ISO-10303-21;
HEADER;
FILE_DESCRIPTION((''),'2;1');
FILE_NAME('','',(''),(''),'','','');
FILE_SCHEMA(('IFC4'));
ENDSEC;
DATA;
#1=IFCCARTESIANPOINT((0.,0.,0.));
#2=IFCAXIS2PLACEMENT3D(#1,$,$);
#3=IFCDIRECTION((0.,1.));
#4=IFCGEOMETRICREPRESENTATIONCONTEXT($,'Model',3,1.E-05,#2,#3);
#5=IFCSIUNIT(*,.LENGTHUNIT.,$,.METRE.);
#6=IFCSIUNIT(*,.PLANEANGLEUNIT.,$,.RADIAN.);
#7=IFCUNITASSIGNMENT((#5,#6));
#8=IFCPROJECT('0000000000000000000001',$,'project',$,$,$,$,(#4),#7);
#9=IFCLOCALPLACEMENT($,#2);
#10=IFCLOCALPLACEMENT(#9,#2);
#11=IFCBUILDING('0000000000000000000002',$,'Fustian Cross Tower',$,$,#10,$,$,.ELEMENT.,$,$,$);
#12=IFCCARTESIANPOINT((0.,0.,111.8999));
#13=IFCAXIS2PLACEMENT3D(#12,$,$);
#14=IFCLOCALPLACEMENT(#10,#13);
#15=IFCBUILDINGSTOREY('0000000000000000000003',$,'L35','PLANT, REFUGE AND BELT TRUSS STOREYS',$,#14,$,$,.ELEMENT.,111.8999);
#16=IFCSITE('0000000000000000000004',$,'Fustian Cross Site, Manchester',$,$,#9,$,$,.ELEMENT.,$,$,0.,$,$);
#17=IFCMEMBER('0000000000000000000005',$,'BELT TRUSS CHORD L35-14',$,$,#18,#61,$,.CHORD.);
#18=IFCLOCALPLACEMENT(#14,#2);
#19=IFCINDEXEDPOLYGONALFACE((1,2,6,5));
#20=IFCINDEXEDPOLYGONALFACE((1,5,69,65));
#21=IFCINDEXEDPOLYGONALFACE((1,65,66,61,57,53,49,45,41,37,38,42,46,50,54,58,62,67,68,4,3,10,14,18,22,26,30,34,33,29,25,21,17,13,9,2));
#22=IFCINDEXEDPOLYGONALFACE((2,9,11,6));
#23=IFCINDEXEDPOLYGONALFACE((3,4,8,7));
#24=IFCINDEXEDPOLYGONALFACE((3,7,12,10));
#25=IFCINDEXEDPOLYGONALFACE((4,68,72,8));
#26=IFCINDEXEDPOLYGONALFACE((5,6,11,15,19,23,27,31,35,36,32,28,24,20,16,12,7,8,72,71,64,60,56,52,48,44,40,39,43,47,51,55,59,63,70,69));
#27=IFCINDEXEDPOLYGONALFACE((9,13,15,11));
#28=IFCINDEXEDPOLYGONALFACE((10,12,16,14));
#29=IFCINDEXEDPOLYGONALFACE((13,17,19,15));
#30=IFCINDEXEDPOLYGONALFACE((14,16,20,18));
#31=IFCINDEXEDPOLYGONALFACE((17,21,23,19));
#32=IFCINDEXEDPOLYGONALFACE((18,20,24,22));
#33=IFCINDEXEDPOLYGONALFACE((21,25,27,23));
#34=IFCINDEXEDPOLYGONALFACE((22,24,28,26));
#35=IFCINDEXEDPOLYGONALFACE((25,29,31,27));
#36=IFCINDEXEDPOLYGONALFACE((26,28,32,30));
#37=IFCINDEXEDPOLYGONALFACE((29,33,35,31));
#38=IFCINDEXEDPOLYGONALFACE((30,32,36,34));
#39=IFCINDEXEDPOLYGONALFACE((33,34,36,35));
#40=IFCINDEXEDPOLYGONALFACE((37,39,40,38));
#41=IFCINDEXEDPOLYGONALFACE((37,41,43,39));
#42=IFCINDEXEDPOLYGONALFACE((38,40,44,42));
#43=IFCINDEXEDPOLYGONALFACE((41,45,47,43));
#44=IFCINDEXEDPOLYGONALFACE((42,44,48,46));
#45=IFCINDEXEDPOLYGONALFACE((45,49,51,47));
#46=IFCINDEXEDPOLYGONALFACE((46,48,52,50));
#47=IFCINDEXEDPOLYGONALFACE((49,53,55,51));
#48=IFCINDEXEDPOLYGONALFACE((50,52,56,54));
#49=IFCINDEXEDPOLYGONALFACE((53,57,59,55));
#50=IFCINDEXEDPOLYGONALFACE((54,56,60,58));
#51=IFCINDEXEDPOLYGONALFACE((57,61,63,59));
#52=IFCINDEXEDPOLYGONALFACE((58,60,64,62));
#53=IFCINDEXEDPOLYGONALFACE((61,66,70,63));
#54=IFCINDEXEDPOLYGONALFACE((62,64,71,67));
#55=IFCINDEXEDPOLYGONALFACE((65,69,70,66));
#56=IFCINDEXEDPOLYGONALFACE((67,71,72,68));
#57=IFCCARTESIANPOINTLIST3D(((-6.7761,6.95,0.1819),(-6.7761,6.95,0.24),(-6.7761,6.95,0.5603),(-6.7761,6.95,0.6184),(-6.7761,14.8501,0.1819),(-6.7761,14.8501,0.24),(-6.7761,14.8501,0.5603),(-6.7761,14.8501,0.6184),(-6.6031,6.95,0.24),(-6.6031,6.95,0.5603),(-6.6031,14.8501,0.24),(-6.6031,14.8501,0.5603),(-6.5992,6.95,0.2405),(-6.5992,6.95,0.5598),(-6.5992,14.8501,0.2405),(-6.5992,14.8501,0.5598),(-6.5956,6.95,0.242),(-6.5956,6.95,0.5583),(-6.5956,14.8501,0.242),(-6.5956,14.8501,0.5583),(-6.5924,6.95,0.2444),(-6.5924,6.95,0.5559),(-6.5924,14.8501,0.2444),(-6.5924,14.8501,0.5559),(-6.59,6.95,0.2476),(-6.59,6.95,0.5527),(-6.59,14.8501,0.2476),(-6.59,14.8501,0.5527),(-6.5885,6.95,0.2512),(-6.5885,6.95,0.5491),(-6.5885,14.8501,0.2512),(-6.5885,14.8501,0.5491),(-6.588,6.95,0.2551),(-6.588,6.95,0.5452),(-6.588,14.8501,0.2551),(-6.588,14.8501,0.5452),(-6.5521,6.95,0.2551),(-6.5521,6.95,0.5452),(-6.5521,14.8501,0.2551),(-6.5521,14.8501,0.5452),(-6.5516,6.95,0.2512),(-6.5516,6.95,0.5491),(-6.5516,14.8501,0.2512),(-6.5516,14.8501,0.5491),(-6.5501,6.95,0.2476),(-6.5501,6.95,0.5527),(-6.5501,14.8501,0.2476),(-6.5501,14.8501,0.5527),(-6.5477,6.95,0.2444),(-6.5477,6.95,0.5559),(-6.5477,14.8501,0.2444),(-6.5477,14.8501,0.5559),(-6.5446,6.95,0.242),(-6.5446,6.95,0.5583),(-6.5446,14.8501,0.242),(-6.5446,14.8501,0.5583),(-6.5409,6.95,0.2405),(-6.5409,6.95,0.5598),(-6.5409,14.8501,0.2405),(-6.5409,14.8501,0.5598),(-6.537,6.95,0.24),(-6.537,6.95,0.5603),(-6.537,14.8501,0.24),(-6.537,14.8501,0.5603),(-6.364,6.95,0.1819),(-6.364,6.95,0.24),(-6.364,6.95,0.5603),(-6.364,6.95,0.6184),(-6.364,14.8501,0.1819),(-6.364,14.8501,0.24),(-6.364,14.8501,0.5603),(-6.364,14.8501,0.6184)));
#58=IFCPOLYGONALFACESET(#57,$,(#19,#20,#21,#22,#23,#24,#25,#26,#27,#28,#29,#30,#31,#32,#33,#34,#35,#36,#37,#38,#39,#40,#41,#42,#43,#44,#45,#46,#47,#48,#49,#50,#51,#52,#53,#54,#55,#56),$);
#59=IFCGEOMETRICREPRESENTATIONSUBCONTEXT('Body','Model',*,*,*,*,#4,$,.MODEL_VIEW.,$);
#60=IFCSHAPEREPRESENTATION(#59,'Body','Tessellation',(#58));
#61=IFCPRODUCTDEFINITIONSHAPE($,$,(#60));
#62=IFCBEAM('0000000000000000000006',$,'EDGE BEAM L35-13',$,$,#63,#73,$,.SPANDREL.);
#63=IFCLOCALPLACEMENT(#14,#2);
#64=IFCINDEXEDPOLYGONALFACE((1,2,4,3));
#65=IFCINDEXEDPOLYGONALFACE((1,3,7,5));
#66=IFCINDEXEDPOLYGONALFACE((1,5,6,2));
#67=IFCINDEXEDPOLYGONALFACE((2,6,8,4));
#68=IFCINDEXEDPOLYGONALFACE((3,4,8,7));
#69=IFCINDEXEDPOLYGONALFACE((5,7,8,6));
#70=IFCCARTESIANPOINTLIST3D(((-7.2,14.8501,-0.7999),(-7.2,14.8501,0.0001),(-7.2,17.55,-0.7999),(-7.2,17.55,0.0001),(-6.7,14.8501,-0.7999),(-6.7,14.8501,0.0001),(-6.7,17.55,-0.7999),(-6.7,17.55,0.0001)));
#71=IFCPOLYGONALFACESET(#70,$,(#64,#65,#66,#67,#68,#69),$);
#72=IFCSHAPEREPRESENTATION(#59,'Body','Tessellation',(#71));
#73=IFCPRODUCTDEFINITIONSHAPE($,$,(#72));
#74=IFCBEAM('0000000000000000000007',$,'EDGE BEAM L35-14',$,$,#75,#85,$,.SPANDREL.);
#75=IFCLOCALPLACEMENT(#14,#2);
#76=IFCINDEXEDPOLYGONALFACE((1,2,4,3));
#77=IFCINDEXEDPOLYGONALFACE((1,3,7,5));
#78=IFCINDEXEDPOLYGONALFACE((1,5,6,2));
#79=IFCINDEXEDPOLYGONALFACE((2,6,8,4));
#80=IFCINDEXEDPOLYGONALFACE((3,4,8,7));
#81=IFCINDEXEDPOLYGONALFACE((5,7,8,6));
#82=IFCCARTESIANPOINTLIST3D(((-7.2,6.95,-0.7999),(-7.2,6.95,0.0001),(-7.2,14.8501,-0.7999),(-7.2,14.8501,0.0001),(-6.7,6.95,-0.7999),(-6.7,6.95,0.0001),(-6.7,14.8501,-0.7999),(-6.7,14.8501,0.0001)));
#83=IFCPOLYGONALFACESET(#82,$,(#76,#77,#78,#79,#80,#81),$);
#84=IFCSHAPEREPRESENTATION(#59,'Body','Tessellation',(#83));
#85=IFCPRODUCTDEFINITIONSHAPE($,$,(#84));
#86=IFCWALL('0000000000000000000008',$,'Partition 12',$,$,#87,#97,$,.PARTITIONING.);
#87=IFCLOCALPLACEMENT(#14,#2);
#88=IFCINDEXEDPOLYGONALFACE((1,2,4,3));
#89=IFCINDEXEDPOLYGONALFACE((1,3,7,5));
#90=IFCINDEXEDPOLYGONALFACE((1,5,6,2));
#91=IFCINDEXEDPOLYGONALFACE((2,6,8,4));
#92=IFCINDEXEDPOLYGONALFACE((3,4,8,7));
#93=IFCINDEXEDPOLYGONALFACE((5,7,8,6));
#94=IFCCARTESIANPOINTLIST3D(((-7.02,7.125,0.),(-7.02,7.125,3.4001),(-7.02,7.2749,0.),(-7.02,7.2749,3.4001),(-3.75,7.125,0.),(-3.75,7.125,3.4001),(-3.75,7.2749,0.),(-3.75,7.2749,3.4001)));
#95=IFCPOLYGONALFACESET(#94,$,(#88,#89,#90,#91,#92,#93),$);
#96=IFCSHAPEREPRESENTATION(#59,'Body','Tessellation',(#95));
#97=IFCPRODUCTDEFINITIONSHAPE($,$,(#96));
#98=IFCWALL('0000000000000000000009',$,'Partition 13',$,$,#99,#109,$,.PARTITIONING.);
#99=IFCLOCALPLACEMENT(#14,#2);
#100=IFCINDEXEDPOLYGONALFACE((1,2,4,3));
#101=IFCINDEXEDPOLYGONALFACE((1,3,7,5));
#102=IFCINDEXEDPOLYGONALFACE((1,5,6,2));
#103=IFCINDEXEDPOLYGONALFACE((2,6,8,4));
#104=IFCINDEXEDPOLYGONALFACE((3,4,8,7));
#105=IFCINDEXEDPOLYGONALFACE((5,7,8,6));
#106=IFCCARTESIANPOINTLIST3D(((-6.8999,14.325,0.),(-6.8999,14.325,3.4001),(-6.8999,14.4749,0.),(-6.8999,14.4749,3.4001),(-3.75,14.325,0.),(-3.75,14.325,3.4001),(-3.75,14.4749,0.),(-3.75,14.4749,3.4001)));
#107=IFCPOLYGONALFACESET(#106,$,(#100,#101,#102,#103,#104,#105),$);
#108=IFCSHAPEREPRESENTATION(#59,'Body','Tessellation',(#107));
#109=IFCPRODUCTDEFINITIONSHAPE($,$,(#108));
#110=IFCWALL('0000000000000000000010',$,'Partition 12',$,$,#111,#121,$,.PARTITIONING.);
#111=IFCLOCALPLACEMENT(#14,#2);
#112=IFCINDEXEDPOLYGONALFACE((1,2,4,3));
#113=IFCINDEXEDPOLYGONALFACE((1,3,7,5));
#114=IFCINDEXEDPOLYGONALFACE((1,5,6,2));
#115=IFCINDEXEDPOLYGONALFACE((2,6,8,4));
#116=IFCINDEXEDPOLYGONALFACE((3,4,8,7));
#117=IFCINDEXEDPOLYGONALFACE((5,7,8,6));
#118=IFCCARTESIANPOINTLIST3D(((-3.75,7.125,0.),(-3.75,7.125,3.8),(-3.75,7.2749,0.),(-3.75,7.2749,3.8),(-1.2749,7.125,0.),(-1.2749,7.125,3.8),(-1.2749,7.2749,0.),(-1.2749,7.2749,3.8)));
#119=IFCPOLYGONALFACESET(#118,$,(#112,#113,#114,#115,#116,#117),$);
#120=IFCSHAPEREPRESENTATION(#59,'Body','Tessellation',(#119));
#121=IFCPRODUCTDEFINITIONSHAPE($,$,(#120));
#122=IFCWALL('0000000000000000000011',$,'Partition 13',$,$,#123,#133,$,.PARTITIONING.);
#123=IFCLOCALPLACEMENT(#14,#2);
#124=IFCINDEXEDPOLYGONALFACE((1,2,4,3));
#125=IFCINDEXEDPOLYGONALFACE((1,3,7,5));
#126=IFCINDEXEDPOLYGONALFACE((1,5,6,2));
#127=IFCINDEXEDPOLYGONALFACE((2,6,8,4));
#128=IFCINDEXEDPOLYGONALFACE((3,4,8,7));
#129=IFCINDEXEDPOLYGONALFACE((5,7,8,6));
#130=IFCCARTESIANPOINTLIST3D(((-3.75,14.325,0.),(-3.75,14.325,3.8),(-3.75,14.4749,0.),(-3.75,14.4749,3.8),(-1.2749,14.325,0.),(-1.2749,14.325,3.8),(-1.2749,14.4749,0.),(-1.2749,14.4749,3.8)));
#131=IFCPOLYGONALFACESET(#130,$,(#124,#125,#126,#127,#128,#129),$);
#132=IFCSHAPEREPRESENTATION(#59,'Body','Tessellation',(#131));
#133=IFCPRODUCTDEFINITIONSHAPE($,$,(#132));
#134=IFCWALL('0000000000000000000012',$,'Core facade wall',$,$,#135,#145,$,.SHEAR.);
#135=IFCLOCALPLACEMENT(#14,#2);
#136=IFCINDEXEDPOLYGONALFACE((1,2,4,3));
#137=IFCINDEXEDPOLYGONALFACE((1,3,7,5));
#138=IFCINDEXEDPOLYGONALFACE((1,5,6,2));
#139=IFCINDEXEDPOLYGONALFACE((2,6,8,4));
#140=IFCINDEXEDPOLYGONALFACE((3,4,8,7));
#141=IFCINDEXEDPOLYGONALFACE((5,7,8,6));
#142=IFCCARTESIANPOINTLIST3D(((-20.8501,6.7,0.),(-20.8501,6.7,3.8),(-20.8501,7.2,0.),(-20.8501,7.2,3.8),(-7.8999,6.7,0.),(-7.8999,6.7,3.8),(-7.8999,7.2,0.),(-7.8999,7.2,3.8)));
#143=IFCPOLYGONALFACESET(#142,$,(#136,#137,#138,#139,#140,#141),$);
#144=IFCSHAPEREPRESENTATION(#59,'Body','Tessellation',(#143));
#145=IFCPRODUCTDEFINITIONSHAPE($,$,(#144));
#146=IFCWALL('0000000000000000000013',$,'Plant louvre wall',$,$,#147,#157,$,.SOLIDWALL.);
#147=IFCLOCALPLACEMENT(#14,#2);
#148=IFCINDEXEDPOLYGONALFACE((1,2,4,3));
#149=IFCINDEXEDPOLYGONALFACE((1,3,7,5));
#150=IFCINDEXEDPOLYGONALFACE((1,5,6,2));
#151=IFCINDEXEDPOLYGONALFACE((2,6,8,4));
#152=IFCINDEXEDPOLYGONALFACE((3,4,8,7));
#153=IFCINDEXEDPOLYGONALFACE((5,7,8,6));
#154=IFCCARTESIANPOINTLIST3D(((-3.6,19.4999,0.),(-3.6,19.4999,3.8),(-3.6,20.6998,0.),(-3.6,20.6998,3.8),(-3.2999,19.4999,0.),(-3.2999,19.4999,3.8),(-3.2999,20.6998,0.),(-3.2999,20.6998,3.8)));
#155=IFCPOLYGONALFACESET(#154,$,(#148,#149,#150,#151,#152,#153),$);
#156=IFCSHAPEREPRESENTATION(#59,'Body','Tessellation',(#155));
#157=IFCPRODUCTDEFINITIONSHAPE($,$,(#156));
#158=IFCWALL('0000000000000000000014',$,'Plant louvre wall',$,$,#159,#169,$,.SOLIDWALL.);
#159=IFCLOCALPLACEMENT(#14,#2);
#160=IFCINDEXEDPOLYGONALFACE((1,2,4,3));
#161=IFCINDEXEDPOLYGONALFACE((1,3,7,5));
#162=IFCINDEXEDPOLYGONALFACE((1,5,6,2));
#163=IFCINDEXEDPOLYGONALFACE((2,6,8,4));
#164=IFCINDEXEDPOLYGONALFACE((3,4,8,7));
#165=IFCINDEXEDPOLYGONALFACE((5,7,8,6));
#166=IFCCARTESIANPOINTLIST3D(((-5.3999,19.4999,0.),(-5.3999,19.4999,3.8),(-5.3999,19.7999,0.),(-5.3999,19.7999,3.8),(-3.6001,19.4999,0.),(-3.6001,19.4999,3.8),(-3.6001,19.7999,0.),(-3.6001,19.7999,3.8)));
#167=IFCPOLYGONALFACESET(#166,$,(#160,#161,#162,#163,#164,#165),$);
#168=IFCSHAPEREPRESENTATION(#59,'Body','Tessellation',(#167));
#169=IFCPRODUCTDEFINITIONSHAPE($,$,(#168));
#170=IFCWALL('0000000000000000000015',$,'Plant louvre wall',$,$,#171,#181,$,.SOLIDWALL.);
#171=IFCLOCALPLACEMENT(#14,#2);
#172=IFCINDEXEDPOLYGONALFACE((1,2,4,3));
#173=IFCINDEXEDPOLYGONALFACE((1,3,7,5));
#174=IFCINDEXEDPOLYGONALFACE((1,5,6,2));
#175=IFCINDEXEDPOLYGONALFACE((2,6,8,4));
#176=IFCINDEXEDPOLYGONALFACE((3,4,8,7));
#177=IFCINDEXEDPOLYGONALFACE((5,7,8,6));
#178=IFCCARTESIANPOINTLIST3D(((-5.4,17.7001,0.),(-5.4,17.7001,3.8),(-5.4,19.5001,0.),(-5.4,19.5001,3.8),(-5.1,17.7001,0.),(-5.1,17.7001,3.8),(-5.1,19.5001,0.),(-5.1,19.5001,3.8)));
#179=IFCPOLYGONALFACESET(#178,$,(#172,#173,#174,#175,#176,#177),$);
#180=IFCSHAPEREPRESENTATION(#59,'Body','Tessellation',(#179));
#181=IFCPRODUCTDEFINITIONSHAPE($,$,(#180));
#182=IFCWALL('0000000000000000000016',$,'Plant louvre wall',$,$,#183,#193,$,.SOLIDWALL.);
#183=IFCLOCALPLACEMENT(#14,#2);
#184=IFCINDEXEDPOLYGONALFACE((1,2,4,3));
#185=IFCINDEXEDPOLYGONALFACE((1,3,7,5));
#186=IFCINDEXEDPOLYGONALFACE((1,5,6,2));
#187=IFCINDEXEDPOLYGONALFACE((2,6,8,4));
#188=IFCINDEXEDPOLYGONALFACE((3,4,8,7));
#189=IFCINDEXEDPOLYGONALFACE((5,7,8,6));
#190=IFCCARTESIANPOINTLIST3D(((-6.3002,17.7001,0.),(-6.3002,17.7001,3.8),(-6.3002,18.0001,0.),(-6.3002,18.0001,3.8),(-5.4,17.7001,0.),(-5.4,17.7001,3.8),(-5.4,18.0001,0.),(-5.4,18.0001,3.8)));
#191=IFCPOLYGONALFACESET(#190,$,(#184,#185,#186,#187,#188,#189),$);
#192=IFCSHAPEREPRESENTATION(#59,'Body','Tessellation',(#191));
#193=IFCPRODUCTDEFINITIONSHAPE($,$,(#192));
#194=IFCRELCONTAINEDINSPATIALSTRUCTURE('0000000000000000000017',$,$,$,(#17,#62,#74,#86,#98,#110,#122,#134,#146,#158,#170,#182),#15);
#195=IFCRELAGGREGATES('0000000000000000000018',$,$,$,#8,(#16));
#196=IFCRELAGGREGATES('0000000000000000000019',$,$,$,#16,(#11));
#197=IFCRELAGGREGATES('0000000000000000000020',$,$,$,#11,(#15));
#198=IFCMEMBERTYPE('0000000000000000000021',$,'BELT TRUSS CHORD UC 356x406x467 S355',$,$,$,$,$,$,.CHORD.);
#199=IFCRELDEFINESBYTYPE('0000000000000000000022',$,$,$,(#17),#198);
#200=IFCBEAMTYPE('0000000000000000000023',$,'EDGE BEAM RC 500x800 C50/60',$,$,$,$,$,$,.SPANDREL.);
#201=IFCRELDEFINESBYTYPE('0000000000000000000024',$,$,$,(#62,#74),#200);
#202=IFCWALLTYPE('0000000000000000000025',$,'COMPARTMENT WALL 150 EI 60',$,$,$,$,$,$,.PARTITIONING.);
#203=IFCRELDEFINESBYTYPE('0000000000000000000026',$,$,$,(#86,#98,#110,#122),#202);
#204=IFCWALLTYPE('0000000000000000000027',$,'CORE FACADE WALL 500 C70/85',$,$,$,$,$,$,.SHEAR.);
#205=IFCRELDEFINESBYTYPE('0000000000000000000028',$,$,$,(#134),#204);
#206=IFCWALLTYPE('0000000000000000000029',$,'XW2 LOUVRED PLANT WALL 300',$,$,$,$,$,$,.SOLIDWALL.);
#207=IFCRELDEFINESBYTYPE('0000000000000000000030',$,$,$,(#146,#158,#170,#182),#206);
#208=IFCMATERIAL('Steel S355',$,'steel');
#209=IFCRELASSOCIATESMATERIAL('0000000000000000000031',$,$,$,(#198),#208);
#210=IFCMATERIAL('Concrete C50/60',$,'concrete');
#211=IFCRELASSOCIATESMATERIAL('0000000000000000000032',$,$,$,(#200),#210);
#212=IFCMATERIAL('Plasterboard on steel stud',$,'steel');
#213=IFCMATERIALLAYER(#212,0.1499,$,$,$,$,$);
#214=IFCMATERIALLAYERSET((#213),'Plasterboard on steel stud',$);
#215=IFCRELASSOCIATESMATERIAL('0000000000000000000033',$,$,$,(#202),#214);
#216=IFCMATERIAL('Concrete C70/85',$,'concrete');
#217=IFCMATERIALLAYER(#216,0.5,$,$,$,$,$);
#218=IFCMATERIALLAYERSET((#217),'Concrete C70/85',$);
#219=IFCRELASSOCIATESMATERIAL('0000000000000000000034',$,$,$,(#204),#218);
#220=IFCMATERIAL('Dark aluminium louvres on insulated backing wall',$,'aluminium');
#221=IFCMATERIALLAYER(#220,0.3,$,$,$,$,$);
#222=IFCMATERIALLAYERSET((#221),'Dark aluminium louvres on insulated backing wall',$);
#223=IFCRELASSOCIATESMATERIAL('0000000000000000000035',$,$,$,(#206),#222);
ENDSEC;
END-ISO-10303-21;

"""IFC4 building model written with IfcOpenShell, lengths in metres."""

from ifc_helpers import new_model, si_unit, direction, frame, frame_2d, origin, origin_2d, place, context, subcontext, project, spatial, rectangle, i_section, extrude, material, layer, layer_set, material_profile, profile_set, type_object, element, save


model = new_model("IFC4")

# Units and contexts
model_context = context("Model", 3, precision=1e-05, world=origin(), true_north=direction((0.0, 1.0)))
body_context = subcontext(model_context, "Body", "Model", "MODEL_VIEW")
ifc_project = project(units=[si_unit("LENGTHUNIT", "METRE"), si_unit("PLANEANGLEUNIT", "RADIAN")], contexts=[model_context])

# Site, building, storey
site_placement = place(None, origin())
site = spatial("IfcSite", under=ifc_project, at=site_placement, Name="Fustian Cross Site, Manchester", CompositionType="ELEMENT", RefElevation=0.0)
building_placement = place(site_placement, origin())
building = spatial("IfcBuilding", under=site, at=building_placement, Name="Fustian Cross Tower", CompositionType="ELEMENT")
storey_placement = place(building_placement, frame((0.0, 0.0, 111.8999)))
storey = spatial("IfcBuildingStorey", under=building, at=storey_placement, Name="L35", Description="PLANT, REFUGE AND BELT TRUSS STOREYS", CompositionType="ELEMENT", Elevation=111.8999)

# Member
ifc_material_1 = material(Name="Steel S355", Category="steel")
ifc_material_profile_1 = material_profile(ifc_material_1, i_section(OverallWidth=0.4121, OverallDepth=0.4365, WebThickness=0.0359, FlangeThickness=0.0581, FilletRadius=0.0151, at=origin_2d()), Name="UC 356x406x467")
ifc_profile_set_1 = profile_set([ifc_material_profile_1], Name="Steel S355")
member_type_1 = type_object("IfcMemberType", Name="BELT TRUSS CHORD UC 356x406x467 S355", PredefinedType="CHORD", material=ifc_profile_set_1)
for number, where, z_axis, x_axis, name in (
    (1, (-6.5701, 14.8501, 0.4001), (0.0, -1.0, 0.0), (1.0, 0.0, 0.0), "BELT TRUSS CHORD L35-14"),
):
    element("IfcMember", number, at=place(storey_placement, frame(where, z_axis=z_axis, x_axis=x_axis)), inside=storey, type_object=member_type_1, Name=name, PredefinedType="CHORD", context=body_context, shape_type="SweptSolid", body=[
        extrude(i_section(OverallWidth=0.4121, OverallDepth=0.4365, WebThickness=0.0359, FlangeThickness=0.0581, FilletRadius=0.0151, at=origin_2d()), origin(), (0.0, 0.0, 1.0), 7.9001),
    ])

# Beams
ifc_material_2 = material(Name="Concrete C50/60", Category="concrete")
ifc_material_profile_2 = material_profile(ifc_material_2, rectangle(XDim=0.5, YDim=0.8, at=origin_2d()), Name="RC 500x800")
ifc_profile_set_2 = profile_set([ifc_material_profile_2], Name="Concrete C50/60")
beam_type = type_object("IfcBeamType", Name="EDGE BEAM RC 500x800 C50/60", PredefinedType="SPANDREL", material=ifc_profile_set_2)
beam_1_placement = place(storey_placement, frame((-6.95, 17.55, -0.3999), z_axis=(0.0, -1.0, 0.0), x_axis=(1.0, 0.0, 0.0)))
element("IfcBeam", 2, at=beam_1_placement, inside=storey, type_object=beam_type, Name="EDGE BEAM L35-13", PredefinedType="SPANDREL", context=body_context, shape_type="SweptSolid", body=[
    extrude(rectangle(XDim=0.5, YDim=0.8, at=origin_2d()), origin(), (0.0, 0.0, 1.0), 2.7),
])
beam_2_placement = place(storey_placement, frame((-6.95, 14.8501, -0.3999), z_axis=(0.0, -1.0, 0.0), x_axis=(1.0, 0.0, 0.0)))
element("IfcBeam", 3, at=beam_2_placement, inside=storey, type_object=beam_type, Name="EDGE BEAM L35-14", PredefinedType="SPANDREL", context=body_context, shape_type="SweptSolid", body=[
    extrude(rectangle(XDim=0.5, YDim=0.8, at=origin_2d()), origin(), (0.0, 0.0, 1.0), 7.9001),
])

# Walls
ifc_material_3 = material(Name="Plasterboard on steel stud", Category="steel")
ifc_layer_1 = layer(ifc_material_3, 0.1499)
ifc_layer_set_1 = layer_set([ifc_layer_1], Name="Plasterboard on steel stud")
wall_type_1 = type_object("IfcWallType", Name="COMPARTMENT WALL 150 EI 60", PredefinedType="PARTITIONING", material=ifc_layer_set_1)
wall_1_placement = place(storey_placement, frame((-7.02, 7.2, 0.0), z_axis=(0.0, 0.0, 1.0), x_axis=(1.0, 0.0, 0.0)))
element("IfcWall", 4, at=wall_1_placement, inside=storey, type_object=wall_type_1, Name="Partition 12", PredefinedType="PARTITIONING", context=body_context, shape_type="SweptSolid", body=[
    extrude(rectangle(XDim=3.27, YDim=0.1499, at=frame_2d((1.635, 0.0))), origin(), (0.0, 0.0, 1.0), 3.4001),
])
wall_2_placement = place(storey_placement, frame((-6.8999, 14.3999, 0.0), z_axis=(0.0, 0.0, 1.0), x_axis=(1.0, 0.0, 0.0)))
element("IfcWall", 5, at=wall_2_placement, inside=storey, type_object=wall_type_1, Name="Partition 13", PredefinedType="PARTITIONING", context=body_context, shape_type="SweptSolid", body=[
    extrude(rectangle(XDim=3.1499, YDim=0.1499, at=frame_2d((1.575, 0.0))), origin(), (0.0, 0.0, 1.0), 3.4001),
])
for number, where, z_axis, x_axis, name in (
    (6, (-3.75, 7.2, 0.0), (0.0, 0.0, 1.0), (1.0, 0.0, 0.0), "Partition 12"),
    (7, (-3.75, 14.3999, 0.0), (0.0, 0.0, 1.0), (1.0, 0.0, 0.0), "Partition 13"),
):
    element("IfcWall", number, at=place(storey_placement, frame(where, z_axis=z_axis, x_axis=x_axis)), inside=storey, type_object=wall_type_1, Name=name, PredefinedType="PARTITIONING", context=body_context, shape_type="SweptSolid", body=[
        extrude(rectangle(XDim=2.4751, YDim=0.1499, at=frame_2d((1.2375, 0.0))), origin(), (0.0, 0.0, 1.0), 3.8),
    ])
ifc_material_4 = material(Name="Concrete C70/85", Category="concrete")
ifc_layer_2 = layer(ifc_material_4, 0.5)
ifc_layer_set_2 = layer_set([ifc_layer_2], Name="Concrete C70/85")
wall_type_2 = type_object("IfcWallType", Name="CORE FACADE WALL 500 C70/85", PredefinedType="SHEAR", material=ifc_layer_set_2)
wall_3_placement = place(storey_placement, frame((-7.8999, 6.95, 0.0), z_axis=(0.0, 0.0, 1.0), x_axis=(-1.0, 0.0, 0.0)))
element("IfcWall", 8, at=wall_3_placement, inside=storey, type_object=wall_type_2, Name="Core facade wall", PredefinedType="SHEAR", context=body_context, shape_type="SweptSolid", body=[
    extrude(rectangle(XDim=12.9502, YDim=0.5, at=frame_2d((6.4751, 0.0))), origin(), (0.0, 0.0, 1.0), 3.8),
])
ifc_material_5 = material(Name="Dark aluminium louvres on insulated backing wall", Category="aluminium")
ifc_layer_3 = layer(ifc_material_5, 0.3)
ifc_layer_set_3 = layer_set([ifc_layer_3], Name="Dark aluminium louvres on insulated backing wall")
wall_type_3 = type_object("IfcWallType", Name="XW2 LOUVRED PLANT WALL 300", PredefinedType="SOLIDWALL", material=ifc_layer_set_3)
wall_4_placement = place(storey_placement, frame((-3.45, 20.7, 0.0), z_axis=(0.0, 0.0, 1.0), x_axis=(0.0, -1.0, 0.0)))
element("IfcWall", 9, at=wall_4_placement, inside=storey, type_object=wall_type_3, Name="Plant louvre wall", PredefinedType="SOLIDWALL", context=body_context, shape_type="SweptSolid", body=[
    extrude(rectangle(XDim=1.2, YDim=0.3, at=frame_2d((0.6001, 0.0))), origin(), (0.0, 0.0, 1.0), 3.8),
])
wall_5_placement = place(storey_placement, frame((-3.6001, 19.6499, 0.0), z_axis=(0.0, 0.0, 1.0), x_axis=(-1.0, 0.0, 0.0)))
element("IfcWall", 10, at=wall_5_placement, inside=storey, type_object=wall_type_3, Name="Plant louvre wall", PredefinedType="SOLIDWALL", context=body_context, shape_type="SweptSolid", body=[
    extrude(rectangle(XDim=1.7998, YDim=0.3, at=frame_2d((0.8999, 0.0))), origin(), (0.0, 0.0, 1.0), 3.8),
])
wall_6_placement = place(storey_placement, frame((-5.25, 19.5, 0.0), z_axis=(0.0, 0.0, 1.0), x_axis=(0.0, -1.0, 0.0)))
element("IfcWall", 11, at=wall_6_placement, inside=storey, type_object=wall_type_3, Name="Plant louvre wall", PredefinedType="SOLIDWALL", context=body_context, shape_type="SweptSolid", body=[
    extrude(rectangle(XDim=1.8, YDim=0.3, at=frame_2d((0.8999, 0.0))), origin(), (0.0, 0.0, 1.0), 3.8),
])
wall_7_placement = place(storey_placement, frame((-5.3999, 17.8501, 0.0), z_axis=(0.0, 0.0, 1.0), x_axis=(-1.0, 0.0, 0.0)))
element("IfcWall", 12, at=wall_7_placement, inside=storey, type_object=wall_type_3, Name="Plant louvre wall", PredefinedType="SOLIDWALL", context=body_context, shape_type="SweptSolid", body=[
    extrude(rectangle(XDim=0.9001, YDim=0.3, at=frame_2d((0.4502, 0.0))), origin(), (0.0, 0.0, 1.0), 3.8),
])

save(model, "model.ifc")
